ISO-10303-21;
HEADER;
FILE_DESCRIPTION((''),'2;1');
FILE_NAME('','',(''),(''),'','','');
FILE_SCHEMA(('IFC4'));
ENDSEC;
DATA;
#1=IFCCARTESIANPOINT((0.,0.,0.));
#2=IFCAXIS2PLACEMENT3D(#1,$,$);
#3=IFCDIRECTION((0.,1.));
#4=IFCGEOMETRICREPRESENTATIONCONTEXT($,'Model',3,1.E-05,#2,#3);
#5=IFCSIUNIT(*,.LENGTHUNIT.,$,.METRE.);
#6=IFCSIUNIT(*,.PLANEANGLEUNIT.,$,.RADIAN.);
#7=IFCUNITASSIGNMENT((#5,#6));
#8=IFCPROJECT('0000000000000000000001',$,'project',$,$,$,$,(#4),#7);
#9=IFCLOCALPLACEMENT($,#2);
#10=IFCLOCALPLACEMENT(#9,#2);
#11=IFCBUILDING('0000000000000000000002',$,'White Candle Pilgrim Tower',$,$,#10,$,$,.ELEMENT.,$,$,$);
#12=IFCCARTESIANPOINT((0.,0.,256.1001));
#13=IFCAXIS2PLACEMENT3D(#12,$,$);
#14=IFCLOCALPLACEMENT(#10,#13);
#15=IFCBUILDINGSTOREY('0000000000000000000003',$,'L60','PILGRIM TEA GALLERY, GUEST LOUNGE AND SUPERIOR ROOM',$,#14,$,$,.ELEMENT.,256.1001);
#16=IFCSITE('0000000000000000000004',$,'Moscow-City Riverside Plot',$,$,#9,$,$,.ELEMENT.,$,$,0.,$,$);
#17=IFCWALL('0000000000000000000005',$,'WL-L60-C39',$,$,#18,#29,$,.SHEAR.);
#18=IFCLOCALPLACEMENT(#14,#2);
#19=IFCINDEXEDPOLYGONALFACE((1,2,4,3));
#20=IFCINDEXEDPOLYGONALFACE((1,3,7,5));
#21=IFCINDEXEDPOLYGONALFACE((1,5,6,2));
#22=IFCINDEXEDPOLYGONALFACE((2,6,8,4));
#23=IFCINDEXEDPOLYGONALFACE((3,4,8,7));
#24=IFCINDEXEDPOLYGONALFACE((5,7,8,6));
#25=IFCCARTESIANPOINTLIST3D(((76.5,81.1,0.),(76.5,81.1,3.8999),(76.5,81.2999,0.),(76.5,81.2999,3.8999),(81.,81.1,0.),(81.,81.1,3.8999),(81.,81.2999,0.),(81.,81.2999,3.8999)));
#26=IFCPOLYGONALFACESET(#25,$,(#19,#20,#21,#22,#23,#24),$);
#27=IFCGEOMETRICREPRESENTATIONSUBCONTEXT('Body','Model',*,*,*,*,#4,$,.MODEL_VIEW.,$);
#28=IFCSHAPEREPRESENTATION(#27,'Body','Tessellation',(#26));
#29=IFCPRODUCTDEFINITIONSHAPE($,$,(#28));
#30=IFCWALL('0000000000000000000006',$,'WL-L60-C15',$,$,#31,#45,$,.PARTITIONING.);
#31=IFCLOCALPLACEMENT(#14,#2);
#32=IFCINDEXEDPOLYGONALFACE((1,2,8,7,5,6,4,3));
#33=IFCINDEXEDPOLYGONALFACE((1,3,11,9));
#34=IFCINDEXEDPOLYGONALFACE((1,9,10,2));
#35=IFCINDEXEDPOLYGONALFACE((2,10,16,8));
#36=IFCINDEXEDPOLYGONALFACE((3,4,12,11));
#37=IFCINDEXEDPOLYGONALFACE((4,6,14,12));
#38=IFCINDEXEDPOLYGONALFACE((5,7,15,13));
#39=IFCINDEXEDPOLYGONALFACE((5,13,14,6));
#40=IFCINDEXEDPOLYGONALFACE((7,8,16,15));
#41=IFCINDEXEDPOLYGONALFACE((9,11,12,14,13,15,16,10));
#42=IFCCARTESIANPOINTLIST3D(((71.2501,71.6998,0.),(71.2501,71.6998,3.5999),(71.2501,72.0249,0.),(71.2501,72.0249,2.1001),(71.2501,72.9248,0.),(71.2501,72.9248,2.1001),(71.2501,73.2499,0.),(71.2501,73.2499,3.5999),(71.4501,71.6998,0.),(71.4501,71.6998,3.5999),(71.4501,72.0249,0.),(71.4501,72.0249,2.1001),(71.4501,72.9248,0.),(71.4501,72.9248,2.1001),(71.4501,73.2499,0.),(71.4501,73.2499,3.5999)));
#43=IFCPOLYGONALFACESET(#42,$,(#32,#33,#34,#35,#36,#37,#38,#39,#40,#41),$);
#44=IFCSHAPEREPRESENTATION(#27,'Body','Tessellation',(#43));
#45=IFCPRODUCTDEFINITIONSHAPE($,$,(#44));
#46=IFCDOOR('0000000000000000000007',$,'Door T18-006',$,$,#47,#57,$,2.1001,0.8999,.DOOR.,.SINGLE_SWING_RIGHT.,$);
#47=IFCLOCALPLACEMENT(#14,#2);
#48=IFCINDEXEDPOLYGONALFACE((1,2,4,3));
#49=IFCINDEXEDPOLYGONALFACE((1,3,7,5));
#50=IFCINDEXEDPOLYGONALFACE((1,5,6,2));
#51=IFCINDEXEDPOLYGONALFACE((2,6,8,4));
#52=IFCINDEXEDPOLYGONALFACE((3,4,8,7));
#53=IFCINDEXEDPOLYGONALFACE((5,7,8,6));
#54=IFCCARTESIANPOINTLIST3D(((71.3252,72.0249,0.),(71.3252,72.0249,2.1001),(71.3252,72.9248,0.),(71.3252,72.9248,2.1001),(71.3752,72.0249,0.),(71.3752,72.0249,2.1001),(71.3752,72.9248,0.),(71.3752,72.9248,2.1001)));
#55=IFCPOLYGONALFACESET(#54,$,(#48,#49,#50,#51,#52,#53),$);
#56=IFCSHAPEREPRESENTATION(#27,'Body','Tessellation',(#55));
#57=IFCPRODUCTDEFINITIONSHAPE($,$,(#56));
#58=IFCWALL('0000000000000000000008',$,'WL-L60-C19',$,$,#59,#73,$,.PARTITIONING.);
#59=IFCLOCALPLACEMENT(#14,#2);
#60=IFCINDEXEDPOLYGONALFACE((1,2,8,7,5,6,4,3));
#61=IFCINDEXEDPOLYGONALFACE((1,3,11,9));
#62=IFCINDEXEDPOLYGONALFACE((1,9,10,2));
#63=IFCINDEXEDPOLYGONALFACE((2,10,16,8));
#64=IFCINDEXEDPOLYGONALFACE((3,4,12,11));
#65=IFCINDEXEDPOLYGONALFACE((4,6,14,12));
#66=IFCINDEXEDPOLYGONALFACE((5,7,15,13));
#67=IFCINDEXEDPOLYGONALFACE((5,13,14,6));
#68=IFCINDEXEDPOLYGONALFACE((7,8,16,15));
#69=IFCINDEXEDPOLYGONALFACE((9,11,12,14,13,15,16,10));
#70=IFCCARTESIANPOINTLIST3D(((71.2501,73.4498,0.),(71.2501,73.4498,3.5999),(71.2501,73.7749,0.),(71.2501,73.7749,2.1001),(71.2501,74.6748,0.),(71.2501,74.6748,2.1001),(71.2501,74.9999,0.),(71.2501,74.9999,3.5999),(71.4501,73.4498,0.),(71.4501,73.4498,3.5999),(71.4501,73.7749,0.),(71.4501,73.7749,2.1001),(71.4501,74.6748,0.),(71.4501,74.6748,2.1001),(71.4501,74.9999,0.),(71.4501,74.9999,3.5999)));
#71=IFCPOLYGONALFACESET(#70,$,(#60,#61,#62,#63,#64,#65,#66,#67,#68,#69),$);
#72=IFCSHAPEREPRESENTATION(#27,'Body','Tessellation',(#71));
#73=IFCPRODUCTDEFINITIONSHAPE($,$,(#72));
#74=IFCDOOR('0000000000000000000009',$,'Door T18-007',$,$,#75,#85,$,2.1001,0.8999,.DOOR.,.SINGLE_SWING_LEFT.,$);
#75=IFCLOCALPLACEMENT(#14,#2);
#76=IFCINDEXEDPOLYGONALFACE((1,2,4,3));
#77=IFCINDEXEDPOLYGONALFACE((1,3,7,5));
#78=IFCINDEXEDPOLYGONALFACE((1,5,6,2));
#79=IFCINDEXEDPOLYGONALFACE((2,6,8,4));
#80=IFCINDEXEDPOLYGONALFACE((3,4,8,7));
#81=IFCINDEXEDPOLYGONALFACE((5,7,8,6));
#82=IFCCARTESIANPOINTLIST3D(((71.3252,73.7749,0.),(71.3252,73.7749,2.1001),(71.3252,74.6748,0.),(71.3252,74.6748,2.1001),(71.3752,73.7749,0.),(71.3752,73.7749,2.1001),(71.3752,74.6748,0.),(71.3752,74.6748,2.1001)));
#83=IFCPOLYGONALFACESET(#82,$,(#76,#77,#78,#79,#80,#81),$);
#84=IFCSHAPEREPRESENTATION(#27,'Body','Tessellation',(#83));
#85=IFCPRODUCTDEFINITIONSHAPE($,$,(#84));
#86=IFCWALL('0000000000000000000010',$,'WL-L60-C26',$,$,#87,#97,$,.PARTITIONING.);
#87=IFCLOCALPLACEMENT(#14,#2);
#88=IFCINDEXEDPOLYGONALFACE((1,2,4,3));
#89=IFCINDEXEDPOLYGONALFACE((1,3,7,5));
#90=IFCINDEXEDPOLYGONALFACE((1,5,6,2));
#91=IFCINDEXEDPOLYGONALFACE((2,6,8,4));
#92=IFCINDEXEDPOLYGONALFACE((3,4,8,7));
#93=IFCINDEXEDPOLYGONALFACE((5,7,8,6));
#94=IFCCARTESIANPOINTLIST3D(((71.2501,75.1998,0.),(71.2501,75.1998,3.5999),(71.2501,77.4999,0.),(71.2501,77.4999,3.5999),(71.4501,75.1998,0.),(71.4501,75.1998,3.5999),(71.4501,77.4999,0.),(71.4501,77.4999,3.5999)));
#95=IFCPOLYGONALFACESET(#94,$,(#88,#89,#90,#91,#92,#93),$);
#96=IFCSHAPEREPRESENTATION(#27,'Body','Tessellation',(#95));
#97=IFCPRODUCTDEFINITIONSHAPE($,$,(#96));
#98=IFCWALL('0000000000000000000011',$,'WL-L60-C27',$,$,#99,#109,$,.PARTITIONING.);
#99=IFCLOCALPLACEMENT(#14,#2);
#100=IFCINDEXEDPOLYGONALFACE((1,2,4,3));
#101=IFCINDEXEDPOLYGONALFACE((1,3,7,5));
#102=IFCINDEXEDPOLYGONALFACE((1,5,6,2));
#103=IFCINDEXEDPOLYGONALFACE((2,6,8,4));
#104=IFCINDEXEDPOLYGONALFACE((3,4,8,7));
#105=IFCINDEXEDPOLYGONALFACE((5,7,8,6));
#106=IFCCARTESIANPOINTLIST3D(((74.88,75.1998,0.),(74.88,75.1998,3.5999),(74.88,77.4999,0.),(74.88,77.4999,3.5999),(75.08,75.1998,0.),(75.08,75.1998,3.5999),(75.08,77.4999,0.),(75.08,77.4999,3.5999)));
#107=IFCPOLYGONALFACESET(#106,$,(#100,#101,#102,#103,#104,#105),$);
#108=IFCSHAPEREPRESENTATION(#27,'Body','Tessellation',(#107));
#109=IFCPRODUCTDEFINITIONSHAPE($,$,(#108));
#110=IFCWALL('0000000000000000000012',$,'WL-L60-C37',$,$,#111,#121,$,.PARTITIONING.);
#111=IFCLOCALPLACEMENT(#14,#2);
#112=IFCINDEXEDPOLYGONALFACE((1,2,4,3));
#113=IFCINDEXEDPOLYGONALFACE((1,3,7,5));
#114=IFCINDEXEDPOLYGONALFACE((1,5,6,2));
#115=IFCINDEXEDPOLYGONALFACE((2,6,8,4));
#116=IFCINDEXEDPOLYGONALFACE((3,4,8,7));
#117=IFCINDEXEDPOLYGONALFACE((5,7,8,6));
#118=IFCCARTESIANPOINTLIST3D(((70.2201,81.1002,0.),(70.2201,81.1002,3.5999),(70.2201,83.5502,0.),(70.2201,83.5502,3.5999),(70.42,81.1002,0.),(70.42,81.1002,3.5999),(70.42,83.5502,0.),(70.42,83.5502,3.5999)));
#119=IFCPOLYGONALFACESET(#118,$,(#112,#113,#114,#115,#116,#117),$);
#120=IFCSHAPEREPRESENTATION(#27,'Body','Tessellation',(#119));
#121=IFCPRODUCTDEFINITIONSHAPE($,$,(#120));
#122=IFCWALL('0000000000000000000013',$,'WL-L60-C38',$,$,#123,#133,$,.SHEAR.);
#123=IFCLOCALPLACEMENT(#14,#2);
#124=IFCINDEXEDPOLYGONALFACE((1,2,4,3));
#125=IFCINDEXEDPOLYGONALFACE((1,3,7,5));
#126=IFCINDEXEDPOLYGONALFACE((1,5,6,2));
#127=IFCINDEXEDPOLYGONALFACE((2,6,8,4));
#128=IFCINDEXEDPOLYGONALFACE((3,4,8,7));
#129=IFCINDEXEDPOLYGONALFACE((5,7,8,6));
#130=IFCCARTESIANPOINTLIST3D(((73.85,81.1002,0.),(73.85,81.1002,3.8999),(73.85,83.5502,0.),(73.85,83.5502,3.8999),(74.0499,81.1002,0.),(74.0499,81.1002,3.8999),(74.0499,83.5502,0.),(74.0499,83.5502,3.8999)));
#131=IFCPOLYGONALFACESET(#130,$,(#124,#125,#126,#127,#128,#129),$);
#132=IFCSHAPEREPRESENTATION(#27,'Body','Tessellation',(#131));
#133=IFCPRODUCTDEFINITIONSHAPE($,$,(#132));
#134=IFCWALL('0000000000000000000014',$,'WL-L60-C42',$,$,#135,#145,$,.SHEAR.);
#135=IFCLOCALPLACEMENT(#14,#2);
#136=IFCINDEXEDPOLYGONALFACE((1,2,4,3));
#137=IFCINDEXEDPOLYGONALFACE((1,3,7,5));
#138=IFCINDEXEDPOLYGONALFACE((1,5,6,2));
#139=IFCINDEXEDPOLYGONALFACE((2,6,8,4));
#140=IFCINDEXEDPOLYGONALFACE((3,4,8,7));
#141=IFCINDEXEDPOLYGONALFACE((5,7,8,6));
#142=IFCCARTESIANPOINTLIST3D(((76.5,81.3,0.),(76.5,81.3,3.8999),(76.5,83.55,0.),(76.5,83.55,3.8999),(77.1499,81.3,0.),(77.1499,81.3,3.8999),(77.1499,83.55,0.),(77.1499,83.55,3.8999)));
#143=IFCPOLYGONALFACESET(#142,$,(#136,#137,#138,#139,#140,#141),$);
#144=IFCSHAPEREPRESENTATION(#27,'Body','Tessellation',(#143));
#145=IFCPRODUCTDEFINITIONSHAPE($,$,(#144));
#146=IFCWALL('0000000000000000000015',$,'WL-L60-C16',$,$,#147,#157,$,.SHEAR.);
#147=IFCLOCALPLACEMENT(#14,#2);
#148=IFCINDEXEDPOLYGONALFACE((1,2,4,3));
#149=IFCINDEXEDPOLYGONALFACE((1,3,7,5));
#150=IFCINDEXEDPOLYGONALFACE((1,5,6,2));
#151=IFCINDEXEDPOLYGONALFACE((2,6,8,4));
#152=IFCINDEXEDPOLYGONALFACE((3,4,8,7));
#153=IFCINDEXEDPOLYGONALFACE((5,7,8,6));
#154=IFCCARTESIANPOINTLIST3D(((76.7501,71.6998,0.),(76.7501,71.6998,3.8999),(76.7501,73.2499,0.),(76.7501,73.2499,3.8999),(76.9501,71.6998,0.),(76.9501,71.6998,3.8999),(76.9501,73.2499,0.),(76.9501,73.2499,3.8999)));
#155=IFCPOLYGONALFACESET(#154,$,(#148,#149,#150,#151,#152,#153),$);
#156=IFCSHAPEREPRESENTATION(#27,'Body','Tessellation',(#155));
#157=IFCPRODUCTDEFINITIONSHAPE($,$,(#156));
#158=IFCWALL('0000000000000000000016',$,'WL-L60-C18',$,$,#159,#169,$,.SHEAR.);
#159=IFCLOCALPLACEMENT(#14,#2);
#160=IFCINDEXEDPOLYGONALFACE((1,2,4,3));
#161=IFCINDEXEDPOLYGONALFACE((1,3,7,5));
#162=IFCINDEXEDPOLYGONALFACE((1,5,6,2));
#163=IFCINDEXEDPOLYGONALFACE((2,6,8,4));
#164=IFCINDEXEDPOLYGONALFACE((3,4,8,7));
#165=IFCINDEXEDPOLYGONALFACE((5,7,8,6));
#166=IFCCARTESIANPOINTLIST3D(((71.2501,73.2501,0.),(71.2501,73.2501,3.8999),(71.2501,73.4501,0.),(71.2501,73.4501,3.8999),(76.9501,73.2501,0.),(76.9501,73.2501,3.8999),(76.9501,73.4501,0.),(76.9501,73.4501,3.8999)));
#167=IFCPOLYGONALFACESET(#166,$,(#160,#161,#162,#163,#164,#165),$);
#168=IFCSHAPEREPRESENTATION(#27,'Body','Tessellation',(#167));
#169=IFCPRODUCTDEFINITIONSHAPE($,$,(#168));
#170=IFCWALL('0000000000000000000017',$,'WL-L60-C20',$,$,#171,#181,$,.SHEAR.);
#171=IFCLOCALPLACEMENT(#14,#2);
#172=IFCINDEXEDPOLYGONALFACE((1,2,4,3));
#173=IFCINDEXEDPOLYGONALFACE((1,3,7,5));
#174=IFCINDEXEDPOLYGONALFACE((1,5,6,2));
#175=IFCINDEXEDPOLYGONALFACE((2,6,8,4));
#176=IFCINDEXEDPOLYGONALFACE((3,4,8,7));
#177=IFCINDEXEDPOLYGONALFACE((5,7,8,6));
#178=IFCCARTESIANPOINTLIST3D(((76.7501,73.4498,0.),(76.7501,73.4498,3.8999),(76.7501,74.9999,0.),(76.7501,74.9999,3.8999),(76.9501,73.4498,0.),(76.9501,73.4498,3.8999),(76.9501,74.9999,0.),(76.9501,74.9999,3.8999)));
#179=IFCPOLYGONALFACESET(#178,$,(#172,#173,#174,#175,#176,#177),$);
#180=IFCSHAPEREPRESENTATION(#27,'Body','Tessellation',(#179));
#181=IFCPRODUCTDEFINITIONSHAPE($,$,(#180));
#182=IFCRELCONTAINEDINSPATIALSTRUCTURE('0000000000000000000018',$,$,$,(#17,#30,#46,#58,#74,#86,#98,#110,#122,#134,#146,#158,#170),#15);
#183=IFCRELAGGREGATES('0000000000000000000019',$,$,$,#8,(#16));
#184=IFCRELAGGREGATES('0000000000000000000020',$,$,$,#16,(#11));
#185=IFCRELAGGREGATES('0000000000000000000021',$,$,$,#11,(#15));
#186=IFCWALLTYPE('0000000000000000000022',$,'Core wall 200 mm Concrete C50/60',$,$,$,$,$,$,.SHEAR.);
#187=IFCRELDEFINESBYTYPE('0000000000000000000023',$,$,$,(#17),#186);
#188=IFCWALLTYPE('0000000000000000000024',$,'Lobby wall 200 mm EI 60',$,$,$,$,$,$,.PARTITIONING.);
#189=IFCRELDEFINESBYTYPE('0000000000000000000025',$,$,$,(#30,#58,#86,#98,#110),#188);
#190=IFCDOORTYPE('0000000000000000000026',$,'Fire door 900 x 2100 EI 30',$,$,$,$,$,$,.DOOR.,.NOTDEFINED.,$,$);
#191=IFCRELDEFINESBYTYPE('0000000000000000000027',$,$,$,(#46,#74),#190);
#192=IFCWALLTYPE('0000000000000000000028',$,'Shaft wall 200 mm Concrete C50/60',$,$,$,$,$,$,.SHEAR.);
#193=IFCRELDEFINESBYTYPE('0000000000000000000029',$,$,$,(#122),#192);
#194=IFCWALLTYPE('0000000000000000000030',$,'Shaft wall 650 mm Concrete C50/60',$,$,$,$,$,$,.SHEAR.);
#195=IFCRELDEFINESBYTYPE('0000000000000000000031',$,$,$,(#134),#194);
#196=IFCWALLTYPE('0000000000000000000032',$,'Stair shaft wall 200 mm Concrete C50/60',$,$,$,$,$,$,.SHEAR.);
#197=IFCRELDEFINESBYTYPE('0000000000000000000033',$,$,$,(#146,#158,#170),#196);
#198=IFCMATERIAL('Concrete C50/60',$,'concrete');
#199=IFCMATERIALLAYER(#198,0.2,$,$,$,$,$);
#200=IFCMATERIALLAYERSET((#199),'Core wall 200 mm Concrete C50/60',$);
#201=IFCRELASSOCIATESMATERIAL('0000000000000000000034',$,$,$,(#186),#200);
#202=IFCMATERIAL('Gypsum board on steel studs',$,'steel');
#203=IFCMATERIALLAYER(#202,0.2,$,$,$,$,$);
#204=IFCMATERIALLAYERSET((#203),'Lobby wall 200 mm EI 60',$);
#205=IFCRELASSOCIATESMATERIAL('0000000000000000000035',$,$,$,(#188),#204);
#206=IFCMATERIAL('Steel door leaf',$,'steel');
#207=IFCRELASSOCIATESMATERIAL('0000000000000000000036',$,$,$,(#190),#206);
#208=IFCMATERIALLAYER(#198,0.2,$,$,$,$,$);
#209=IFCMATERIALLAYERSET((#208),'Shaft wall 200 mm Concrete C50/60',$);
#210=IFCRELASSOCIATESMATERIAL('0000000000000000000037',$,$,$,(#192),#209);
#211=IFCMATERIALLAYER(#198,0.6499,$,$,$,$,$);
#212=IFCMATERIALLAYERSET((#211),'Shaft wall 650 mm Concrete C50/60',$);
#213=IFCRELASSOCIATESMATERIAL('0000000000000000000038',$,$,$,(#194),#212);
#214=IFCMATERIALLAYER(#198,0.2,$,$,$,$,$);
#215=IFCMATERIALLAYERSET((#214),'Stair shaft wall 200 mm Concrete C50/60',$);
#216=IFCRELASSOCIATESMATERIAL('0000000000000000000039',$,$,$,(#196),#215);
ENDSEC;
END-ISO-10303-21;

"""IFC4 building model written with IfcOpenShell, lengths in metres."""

from ifc_helpers import new_model, si_unit, direction, frame, frame_2d, origin, place, context, subcontext, project, spatial, rectangle, extrude, material, layer, layer_set, type_object, element, fill, save


model = new_model("IFC4")

# Units and contexts
model_context = context("Model", 3, precision=1e-05, world=origin(), true_north=direction((0.0, 1.0)))
body_context = subcontext(model_context, "Body", "Model", "MODEL_VIEW")
ifc_project = project(units=[si_unit("LENGTHUNIT", "METRE"), si_unit("PLANEANGLEUNIT", "RADIAN")], contexts=[model_context])

# Site, building, storey
site_placement = place(None, origin())
site = spatial("IfcSite", under=ifc_project, at=site_placement, Name="Moscow-City Riverside Plot", CompositionType="ELEMENT", RefElevation=0.0)
building_placement = place(site_placement, origin())
building = spatial("IfcBuilding", under=site, at=building_placement, Name="White Candle Pilgrim Tower", CompositionType="ELEMENT")
storey_placement = place(building_placement, frame((0.0, 0.0, 256.1001)))
storey = spatial("IfcBuildingStorey", under=building, at=storey_placement, Name="L60", Description="PILGRIM TEA GALLERY, GUEST LOUNGE AND SUPERIOR ROOM", CompositionType="ELEMENT", Elevation=256.1001)

# Wall
ifc_material_1 = material(Name="Concrete C50/60", Category="concrete")
ifc_layer_1 = layer(ifc_material_1, 0.2)
ifc_layer_set_1 = layer_set([ifc_layer_1], Name="Core wall 200 mm Concrete C50/60")
wall_type_1 = type_object("IfcWallType", Name="Core wall 200 mm Concrete C50/60", PredefinedType="SHEAR", material=ifc_layer_set_1)
wall_1_placement = place(storey_placement, frame((76.5, 81.2, 0.0), z_axis=(0.0, 0.0, 1.0), x_axis=(1.0, 0.0, 0.0)))
element("IfcWall", 1, at=wall_1_placement, inside=storey, type_object=wall_type_1, Name="WL-L60-C39", PredefinedType="SHEAR", context=body_context, shape_type="SweptSolid", body=[
    extrude(rectangle(XDim=4.5, YDim=0.2, at=frame_2d((2.25, 0.0))), origin(), (0.0, 0.0, 1.0), 3.8999),
])

# Walls, openings, doors
ifc_material_2 = material(Name="Gypsum board on steel studs", Category="steel")
ifc_layer_2 = layer(ifc_material_2, 0.2)
ifc_layer_set_2 = layer_set([ifc_layer_2], Name="Lobby wall 200 mm EI 60")
wall_type_2 = type_object("IfcWallType", Name="Lobby wall 200 mm EI 60", PredefinedType="PARTITIONING", material=ifc_layer_set_2)
wall_2_placement = place(storey_placement, frame((71.3501, 71.7, 0.0), z_axis=(0.0, 0.0, 1.0), x_axis=(0.0, 1.0, 0.0)))
wall_2 = element("IfcWall", 2, at=wall_2_placement, inside=storey, type_object=wall_type_2, Name="WL-L60-C15", PredefinedType="PARTITIONING", context=body_context, shape_type="SweptSolid", body=[
    extrude(rectangle(XDim=1.55, YDim=0.2, at=frame_2d((0.7749, 0.0))), origin(), (0.0, 0.0, 1.0), 3.5999),
])
opening_1_placement = place(wall_2_placement, frame((0.325, 0.0, 0.0)))
opening_1 = element("IfcOpeningElement", 3, at=opening_1_placement, cuts=wall_2, PredefinedType="OPENING", context=body_context, shape_type="SweptSolid", body=[
    extrude(rectangle(XDim=0.8999, YDim=2.1001, at=frame_2d((0.45, 1.05))), frame((0.0, 0.1099, 0.0), z_axis=(0.0, -1.0, 0.0), x_axis=(1.0, 0.0, 0.0)), (0.0, 0.0, 1.0), 0.22),
])
ifc_material_3 = material(Name="Steel door leaf", Category="steel")
door_type = type_object("IfcDoorType", Name="Fire door 900 x 2100 EI 30", OperationType="NOTDEFINED", PredefinedType="DOOR", material=ifc_material_3)
door_1_placement = place(opening_1_placement, origin())
door_1 = element("IfcDoor", 4, at=door_1_placement, inside=storey, type_object=door_type, Name="Door T18-006", OperationType="SINGLE_SWING_RIGHT", OverallHeight=2.1001, OverallWidth=0.8999, PredefinedType="DOOR", context=body_context, shape_type="SweptSolid", body=[
    extrude(rectangle(XDim=0.8999, YDim=2.1001, at=frame_2d((0.45, 1.05))), frame((0.0, 0.0249, 0.0), z_axis=(0.0, -1.0, 0.0), x_axis=(1.0, 0.0, 0.0)), (0.0, 0.0, 1.0), 0.05),
])
fill(opening_1, door_1)
wall_3_placement = place(storey_placement, frame((71.3501, 73.45, 0.0), z_axis=(0.0, 0.0, 1.0), x_axis=(0.0, 1.0, 0.0)))
wall_3 = element("IfcWall", 5, at=wall_3_placement, inside=storey, type_object=wall_type_2, Name="WL-L60-C19", PredefinedType="PARTITIONING", context=body_context, shape_type="SweptSolid", body=[
    extrude(rectangle(XDim=1.55, YDim=0.2, at=frame_2d((0.7749, 0.0))), origin(), (0.0, 0.0, 1.0), 3.5999),
])
opening_2_placement = place(wall_3_placement, frame((0.325, 0.0, 0.0)))
opening_2 = element("IfcOpeningElement", 6, at=opening_2_placement, cuts=wall_3, PredefinedType="OPENING", context=body_context, shape_type="SweptSolid", body=[
    extrude(rectangle(XDim=0.8999, YDim=2.1001, at=frame_2d((0.45, 1.05))), frame((0.0, 0.1099, 0.0), z_axis=(0.0, -1.0, 0.0), x_axis=(1.0, 0.0, 0.0)), (0.0, 0.0, 1.0), 0.22),
])
door_2_placement = place(opening_2_placement, origin())
door_2 = element("IfcDoor", 7, at=door_2_placement, inside=storey, type_object=door_type, Name="Door T18-007", OperationType="SINGLE_SWING_LEFT", OverallHeight=2.1001, OverallWidth=0.8999, PredefinedType="DOOR", context=body_context, shape_type="SweptSolid", body=[
    extrude(rectangle(XDim=0.8999, YDim=2.1001, at=frame_2d((0.45, 1.05))), frame((0.0, 0.0249, 0.0), z_axis=(0.0, -1.0, 0.0), x_axis=(1.0, 0.0, 0.0)), (0.0, 0.0, 1.0), 0.05),
])
fill(opening_2, door_2)

# Walls
for number, where, z_axis, x_axis, name in (
    (8, (71.3501, 75.2, 0.0), (0.0, 0.0, 1.0), (0.0, 1.0, 0.0), "WL-L60-C26"),
    (9, (74.98, 75.2, 0.0), (0.0, 0.0, 1.0), (0.0, 1.0, 0.0), "WL-L60-C27"),
):
    element("IfcWall", number, at=place(storey_placement, frame(where, z_axis=z_axis, x_axis=x_axis)), inside=storey, type_object=wall_type_2, Name=name, PredefinedType="PARTITIONING", context=body_context, shape_type="SweptSolid", body=[
        extrude(rectangle(XDim=2.3, YDim=0.2, at=frame_2d((1.1499, 0.0))), origin(), (0.0, 0.0, 1.0), 3.5999),
    ])
wall_4_placement = place(storey_placement, frame((70.3201, 81.1001, 0.0), z_axis=(0.0, 0.0, 1.0), x_axis=(0.0, 1.0, 0.0)))
element("IfcWall", 10, at=wall_4_placement, inside=storey, type_object=wall_type_2, Name="WL-L60-C37", PredefinedType="PARTITIONING", context=body_context, shape_type="SweptSolid", body=[
    extrude(rectangle(XDim=2.45, YDim=0.2, at=frame_2d((1.2251, 0.0))), origin(), (0.0, 0.0, 1.0), 3.5999),
])
ifc_layer_3 = layer(ifc_material_1, 0.2)
ifc_layer_set_3 = layer_set([ifc_layer_3], Name="Shaft wall 200 mm Concrete C50/60")
wall_type_3 = type_object("IfcWallType", Name="Shaft wall 200 mm Concrete C50/60", PredefinedType="SHEAR", material=ifc_layer_set_3)
wall_5_placement = place(storey_placement, frame((73.95, 81.1001, 0.0), z_axis=(0.0, 0.0, 1.0), x_axis=(0.0, 1.0, 0.0)))
element("IfcWall", 11, at=wall_5_placement, inside=storey, type_object=wall_type_3, Name="WL-L60-C38", PredefinedType="SHEAR", context=body_context, shape_type="SweptSolid", body=[
    extrude(rectangle(XDim=2.45, YDim=0.2, at=frame_2d((1.2251, 0.0))), origin(), (0.0, 0.0, 1.0), 3.8999),
])
ifc_layer_4 = layer(ifc_material_1, 0.6499)
ifc_layer_set_4 = layer_set([ifc_layer_4], Name="Shaft wall 650 mm Concrete C50/60")
wall_type_4 = type_object("IfcWallType", Name="Shaft wall 650 mm Concrete C50/60", PredefinedType="SHEAR", material=ifc_layer_set_4)
wall_6_placement = place(storey_placement, frame((76.825, 81.3, 0.0), z_axis=(0.0, 0.0, 1.0), x_axis=(0.0, 1.0, 0.0)))
element("IfcWall", 12, at=wall_6_placement, inside=storey, type_object=wall_type_4, Name="WL-L60-C42", PredefinedType="SHEAR", context=body_context, shape_type="SweptSolid", body=[
    extrude(rectangle(XDim=2.25, YDim=0.6499, at=frame_2d((1.125, 0.0))), origin(), (0.0, 0.0, 1.0), 3.8999),
])
ifc_layer_5 = layer(ifc_material_1, 0.2)
ifc_layer_set_5 = layer_set([ifc_layer_5], Name="Stair shaft wall 200 mm Concrete C50/60")
wall_type_5 = type_object("IfcWallType", Name="Stair shaft wall 200 mm Concrete C50/60", PredefinedType="SHEAR", material=ifc_layer_set_5)
wall_7_placement = place(storey_placement, frame((76.8501, 71.7, 0.0), z_axis=(0.0, 0.0, 1.0), x_axis=(0.0, 1.0, 0.0)))
element("IfcWall", 13, at=wall_7_placement, inside=storey, type_object=wall_type_5, Name="WL-L60-C16", PredefinedType="SHEAR", context=body_context, shape_type="SweptSolid", body=[
    extrude(rectangle(XDim=1.55, YDim=0.2, at=frame_2d((0.7749, 0.0))), origin(), (0.0, 0.0, 1.0), 3.8999),
])
wall_8_placement = place(storey_placement, frame((71.25, 73.3501, 0.0), z_axis=(0.0, 0.0, 1.0), x_axis=(1.0, 0.0, 0.0)))
element("IfcWall", 14, at=wall_8_placement, inside=storey, type_object=wall_type_5, Name="WL-L60-C18", PredefinedType="SHEAR", context=body_context, shape_type="SweptSolid", body=[
    extrude(rectangle(XDim=5.7, YDim=0.2, at=frame_2d((2.8501, 0.0))), origin(), (0.0, 0.0, 1.0), 3.8999),
])
wall_9_placement = place(storey_placement, frame((76.8501, 73.45, 0.0), z_axis=(0.0, 0.0, 1.0), x_axis=(0.0, 1.0, 0.0)))
element("IfcWall", 15, at=wall_9_placement, inside=storey, type_object=wall_type_5, Name="WL-L60-C20", PredefinedType="SHEAR", context=body_context, shape_type="SweptSolid", body=[
    extrude(rectangle(XDim=1.55, YDim=0.2, at=frame_2d((0.7749, 0.0))), origin(), (0.0, 0.0, 1.0), 3.8999),
])

save(model, "model.ifc")
